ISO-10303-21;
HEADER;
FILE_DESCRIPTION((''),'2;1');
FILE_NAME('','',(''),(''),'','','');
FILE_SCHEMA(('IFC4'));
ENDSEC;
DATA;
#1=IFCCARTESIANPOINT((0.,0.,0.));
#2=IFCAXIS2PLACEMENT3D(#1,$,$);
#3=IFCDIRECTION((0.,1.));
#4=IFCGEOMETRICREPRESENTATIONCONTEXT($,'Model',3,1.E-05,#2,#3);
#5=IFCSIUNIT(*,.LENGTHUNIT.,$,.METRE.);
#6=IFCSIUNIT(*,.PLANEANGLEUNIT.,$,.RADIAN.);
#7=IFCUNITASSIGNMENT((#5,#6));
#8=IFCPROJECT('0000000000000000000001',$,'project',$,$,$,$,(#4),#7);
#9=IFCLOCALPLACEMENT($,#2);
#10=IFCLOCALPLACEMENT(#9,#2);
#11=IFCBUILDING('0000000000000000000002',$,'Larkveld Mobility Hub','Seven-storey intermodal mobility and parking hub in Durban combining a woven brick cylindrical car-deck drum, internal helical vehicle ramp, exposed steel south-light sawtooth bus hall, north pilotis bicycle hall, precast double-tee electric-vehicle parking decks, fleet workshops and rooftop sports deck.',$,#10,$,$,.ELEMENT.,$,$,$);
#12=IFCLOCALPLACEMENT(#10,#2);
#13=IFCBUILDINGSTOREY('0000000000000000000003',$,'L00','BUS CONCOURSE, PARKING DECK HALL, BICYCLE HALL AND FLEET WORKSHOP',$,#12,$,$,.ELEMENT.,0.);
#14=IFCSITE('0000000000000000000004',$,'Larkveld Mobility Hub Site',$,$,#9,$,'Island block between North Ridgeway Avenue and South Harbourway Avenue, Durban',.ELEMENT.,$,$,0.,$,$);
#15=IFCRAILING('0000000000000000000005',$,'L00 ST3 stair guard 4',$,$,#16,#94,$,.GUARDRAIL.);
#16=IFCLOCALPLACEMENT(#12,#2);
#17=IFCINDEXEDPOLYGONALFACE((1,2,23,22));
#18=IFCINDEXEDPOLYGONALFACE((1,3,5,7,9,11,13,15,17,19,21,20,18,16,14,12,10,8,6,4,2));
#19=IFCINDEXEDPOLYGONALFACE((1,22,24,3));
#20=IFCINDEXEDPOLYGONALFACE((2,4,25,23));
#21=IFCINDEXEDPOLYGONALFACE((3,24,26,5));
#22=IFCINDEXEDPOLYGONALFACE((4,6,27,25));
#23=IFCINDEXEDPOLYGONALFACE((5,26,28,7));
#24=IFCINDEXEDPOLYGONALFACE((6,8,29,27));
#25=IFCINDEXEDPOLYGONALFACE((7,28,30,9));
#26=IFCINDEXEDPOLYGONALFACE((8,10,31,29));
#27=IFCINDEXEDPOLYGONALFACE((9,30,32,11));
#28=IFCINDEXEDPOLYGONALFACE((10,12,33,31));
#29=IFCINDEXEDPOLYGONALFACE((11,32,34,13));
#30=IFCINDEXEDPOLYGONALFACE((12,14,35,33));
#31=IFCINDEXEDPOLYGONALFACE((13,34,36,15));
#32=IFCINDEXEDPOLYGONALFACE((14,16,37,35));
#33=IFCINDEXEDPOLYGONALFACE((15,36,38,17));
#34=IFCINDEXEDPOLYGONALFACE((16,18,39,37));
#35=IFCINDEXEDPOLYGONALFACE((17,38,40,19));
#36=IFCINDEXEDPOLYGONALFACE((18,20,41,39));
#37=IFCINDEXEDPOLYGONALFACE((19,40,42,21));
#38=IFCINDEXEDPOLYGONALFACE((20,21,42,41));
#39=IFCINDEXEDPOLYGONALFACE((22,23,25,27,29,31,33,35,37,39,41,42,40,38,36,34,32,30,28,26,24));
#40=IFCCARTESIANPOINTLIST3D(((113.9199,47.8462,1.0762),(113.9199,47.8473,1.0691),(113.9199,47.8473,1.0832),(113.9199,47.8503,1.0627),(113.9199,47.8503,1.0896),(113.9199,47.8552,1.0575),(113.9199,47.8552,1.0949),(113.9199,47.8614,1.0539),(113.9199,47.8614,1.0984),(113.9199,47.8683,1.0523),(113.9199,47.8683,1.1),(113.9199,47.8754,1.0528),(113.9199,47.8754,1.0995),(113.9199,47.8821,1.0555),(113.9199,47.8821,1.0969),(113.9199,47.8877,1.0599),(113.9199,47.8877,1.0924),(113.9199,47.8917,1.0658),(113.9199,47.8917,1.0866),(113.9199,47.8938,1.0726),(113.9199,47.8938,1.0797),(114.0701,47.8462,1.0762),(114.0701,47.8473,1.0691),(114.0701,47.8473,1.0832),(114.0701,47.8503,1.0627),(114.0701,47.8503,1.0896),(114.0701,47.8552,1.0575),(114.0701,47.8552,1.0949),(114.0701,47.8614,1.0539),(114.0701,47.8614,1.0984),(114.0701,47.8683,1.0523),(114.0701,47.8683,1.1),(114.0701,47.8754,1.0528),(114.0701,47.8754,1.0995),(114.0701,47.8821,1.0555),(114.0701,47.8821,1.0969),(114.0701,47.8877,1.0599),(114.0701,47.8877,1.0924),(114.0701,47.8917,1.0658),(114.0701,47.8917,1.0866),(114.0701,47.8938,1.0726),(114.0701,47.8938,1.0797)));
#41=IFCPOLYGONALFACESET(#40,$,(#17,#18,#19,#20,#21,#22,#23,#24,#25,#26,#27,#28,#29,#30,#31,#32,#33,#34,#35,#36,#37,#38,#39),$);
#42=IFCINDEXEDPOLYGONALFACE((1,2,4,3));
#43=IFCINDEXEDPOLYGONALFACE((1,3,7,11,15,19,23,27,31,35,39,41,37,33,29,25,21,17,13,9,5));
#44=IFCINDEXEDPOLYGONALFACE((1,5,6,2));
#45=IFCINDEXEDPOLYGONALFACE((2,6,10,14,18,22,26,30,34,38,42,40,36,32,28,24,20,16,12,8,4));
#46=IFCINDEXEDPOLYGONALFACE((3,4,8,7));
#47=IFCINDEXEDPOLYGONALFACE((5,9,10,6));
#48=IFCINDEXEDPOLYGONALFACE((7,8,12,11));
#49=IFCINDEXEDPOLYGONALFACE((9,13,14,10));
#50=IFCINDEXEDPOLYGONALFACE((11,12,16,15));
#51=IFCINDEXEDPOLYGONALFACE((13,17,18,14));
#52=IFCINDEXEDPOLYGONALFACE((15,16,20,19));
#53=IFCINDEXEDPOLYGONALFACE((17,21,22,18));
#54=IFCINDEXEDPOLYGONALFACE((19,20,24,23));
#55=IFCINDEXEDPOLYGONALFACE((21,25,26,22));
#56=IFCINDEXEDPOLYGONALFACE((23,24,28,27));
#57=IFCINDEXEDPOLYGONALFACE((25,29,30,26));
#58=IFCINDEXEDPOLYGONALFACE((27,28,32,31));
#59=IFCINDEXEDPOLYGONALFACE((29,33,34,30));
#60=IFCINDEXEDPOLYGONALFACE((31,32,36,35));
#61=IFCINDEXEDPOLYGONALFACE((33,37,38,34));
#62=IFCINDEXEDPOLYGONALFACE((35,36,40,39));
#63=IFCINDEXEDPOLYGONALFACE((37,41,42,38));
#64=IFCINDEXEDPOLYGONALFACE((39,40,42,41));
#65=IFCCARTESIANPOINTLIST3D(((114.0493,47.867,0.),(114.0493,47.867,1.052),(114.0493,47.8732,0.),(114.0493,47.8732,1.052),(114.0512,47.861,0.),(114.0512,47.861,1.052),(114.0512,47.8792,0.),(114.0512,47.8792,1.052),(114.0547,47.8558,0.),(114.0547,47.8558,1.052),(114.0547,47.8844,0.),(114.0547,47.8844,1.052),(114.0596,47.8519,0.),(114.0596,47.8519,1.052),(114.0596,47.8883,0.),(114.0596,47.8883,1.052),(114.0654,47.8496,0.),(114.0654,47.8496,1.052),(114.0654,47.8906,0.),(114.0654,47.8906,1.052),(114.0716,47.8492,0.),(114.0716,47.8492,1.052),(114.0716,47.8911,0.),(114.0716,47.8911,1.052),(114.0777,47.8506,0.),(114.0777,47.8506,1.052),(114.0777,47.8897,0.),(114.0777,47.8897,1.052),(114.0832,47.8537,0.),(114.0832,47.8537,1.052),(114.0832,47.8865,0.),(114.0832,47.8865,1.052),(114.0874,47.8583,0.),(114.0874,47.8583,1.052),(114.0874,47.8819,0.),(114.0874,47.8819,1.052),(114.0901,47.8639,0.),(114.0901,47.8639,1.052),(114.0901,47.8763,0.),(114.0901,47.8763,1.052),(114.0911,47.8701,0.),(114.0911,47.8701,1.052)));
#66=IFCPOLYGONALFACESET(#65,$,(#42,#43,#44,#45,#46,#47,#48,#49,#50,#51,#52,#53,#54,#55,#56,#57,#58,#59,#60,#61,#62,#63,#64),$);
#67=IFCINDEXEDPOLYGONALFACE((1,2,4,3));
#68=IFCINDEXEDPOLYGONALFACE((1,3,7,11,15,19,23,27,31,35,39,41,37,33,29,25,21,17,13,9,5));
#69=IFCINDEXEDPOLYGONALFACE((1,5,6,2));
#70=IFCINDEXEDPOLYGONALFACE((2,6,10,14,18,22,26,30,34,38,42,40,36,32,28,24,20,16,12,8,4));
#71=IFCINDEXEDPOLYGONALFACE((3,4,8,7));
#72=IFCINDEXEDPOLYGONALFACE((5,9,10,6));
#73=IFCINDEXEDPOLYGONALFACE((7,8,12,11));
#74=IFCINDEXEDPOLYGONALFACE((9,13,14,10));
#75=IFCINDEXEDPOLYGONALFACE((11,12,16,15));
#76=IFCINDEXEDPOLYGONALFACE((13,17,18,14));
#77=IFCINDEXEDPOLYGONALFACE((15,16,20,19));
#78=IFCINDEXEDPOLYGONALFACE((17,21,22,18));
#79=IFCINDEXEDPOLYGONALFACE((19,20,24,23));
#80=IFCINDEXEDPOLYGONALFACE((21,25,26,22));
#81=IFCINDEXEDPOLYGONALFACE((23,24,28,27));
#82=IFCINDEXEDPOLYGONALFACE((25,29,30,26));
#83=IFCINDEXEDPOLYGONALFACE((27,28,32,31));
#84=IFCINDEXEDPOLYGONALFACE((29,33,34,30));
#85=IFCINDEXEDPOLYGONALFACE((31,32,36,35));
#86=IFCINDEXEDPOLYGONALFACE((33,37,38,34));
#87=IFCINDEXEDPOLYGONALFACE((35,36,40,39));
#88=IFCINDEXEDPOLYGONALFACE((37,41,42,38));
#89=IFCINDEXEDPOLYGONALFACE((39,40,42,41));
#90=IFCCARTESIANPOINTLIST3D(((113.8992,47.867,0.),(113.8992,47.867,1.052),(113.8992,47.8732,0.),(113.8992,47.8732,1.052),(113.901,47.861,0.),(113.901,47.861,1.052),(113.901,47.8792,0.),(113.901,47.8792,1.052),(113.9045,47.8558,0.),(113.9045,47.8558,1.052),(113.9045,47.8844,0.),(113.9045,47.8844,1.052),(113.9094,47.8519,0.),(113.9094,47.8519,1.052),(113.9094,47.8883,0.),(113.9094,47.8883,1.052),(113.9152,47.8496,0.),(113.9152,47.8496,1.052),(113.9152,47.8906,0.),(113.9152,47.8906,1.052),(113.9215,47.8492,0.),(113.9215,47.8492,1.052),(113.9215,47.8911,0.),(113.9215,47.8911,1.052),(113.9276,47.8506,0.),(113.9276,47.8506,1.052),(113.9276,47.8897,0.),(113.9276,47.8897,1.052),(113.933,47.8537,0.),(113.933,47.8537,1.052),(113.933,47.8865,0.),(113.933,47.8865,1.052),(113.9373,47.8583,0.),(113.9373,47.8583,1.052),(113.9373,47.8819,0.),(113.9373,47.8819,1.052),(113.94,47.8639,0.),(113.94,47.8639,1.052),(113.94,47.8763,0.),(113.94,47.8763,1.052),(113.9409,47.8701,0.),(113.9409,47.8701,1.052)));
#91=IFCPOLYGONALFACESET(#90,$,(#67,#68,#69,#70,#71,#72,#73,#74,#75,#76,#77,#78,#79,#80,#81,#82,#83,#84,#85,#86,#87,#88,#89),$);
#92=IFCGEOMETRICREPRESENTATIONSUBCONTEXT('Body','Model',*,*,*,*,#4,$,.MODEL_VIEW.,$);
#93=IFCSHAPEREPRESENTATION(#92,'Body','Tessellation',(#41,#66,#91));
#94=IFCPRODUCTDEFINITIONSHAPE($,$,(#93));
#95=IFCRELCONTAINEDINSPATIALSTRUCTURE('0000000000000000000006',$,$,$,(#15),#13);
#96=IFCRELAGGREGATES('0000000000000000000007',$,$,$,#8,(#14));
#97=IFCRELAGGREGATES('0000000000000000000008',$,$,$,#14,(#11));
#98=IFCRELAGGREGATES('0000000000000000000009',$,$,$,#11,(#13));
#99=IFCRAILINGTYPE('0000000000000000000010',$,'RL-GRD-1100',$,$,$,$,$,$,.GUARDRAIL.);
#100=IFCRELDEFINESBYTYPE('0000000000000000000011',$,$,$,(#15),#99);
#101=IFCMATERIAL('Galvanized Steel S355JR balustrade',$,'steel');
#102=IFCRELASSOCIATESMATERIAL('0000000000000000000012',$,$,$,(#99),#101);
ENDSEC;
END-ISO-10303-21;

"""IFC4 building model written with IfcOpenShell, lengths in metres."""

from ifc_helpers import new_model, si_unit, direction, frame, origin, origin_2d, place, context, subcontext, project, spatial, circle, extrude, material, type_object, element, save


model = new_model("IFC4")

# Units and contexts
model_context = context("Model", 3, precision=1e-05, world=origin(), true_north=direction((0.0, 1.0)))
body_context = subcontext(model_context, "Body", "Model", "MODEL_VIEW")
ifc_project = project(units=[si_unit("LENGTHUNIT", "METRE"), si_unit("PLANEANGLEUNIT", "RADIAN")], contexts=[model_context])

# Site, building, storey
site_placement = place(None, origin())
site = spatial("IfcSite", under=ifc_project, at=site_placement, Name="Larkveld Mobility Hub Site", LongName="Island block between North Ridgeway Avenue and South Harbourway Avenue, Durban", CompositionType="ELEMENT", RefElevation=0.0)
building_placement = place(site_placement, origin())
building = spatial("IfcBuilding", under=site, at=building_placement, Name="Larkveld Mobility Hub", Description="Seven-storey intermodal mobility and parking hub in Durban combining a woven brick cylindrical car-deck drum, internal helical vehicle ramp, exposed steel south-light sawtooth bus hall, north pilotis bicycle hall, precast double-tee electric-vehicle parking decks, fleet workshops and rooftop sports deck.", CompositionType="ELEMENT")
storey_placement = place(building_placement, origin())
storey = spatial("IfcBuildingStorey", under=building, at=storey_placement, Name="L00", Description="BUS CONCOURSE, PARKING DECK HALL, BICYCLE HALL AND FLEET WORKSHOP", CompositionType="ELEMENT", Elevation=0.0)

# Railing
ifc_material_1 = material(Name="Galvanized Steel S355JR balustrade", Category="steel")
railing_type_1 = type_object("IfcRailingType", Name="RL-GRD-1100", PredefinedType="GUARDRAIL", material=ifc_material_1)
railing_1_placement = place(storey_placement, frame((114.0701, 47.8701, 0.0)))
element("IfcRailing", 1, at=railing_1_placement, inside=storey, type_object=railing_type_1, Name="L00 ST3 stair guard 4", PredefinedType="GUARDRAIL", context=body_context, shape_type="SweptSolid", body=[
    extrude(circle(Radius=0.0239, at=origin_2d()), frame((0.0, 0.0, 1.0762), z_axis=(-1.0, 0.0, 0.0), x_axis=(0.0, -1.0, 0.0)), (0.0, 0.0, 1.0), 0.1501),
    extrude(circle(Radius=0.021, at=origin_2d()), origin(), (0.0, 0.0, 1.0), 1.052),
    extrude(circle(Radius=0.021, at=origin_2d()), frame((-0.1501, 0.0, 0.0)), (0.0, 0.0, 1.0), 1.052),
])

save(model, "model.ifc")
